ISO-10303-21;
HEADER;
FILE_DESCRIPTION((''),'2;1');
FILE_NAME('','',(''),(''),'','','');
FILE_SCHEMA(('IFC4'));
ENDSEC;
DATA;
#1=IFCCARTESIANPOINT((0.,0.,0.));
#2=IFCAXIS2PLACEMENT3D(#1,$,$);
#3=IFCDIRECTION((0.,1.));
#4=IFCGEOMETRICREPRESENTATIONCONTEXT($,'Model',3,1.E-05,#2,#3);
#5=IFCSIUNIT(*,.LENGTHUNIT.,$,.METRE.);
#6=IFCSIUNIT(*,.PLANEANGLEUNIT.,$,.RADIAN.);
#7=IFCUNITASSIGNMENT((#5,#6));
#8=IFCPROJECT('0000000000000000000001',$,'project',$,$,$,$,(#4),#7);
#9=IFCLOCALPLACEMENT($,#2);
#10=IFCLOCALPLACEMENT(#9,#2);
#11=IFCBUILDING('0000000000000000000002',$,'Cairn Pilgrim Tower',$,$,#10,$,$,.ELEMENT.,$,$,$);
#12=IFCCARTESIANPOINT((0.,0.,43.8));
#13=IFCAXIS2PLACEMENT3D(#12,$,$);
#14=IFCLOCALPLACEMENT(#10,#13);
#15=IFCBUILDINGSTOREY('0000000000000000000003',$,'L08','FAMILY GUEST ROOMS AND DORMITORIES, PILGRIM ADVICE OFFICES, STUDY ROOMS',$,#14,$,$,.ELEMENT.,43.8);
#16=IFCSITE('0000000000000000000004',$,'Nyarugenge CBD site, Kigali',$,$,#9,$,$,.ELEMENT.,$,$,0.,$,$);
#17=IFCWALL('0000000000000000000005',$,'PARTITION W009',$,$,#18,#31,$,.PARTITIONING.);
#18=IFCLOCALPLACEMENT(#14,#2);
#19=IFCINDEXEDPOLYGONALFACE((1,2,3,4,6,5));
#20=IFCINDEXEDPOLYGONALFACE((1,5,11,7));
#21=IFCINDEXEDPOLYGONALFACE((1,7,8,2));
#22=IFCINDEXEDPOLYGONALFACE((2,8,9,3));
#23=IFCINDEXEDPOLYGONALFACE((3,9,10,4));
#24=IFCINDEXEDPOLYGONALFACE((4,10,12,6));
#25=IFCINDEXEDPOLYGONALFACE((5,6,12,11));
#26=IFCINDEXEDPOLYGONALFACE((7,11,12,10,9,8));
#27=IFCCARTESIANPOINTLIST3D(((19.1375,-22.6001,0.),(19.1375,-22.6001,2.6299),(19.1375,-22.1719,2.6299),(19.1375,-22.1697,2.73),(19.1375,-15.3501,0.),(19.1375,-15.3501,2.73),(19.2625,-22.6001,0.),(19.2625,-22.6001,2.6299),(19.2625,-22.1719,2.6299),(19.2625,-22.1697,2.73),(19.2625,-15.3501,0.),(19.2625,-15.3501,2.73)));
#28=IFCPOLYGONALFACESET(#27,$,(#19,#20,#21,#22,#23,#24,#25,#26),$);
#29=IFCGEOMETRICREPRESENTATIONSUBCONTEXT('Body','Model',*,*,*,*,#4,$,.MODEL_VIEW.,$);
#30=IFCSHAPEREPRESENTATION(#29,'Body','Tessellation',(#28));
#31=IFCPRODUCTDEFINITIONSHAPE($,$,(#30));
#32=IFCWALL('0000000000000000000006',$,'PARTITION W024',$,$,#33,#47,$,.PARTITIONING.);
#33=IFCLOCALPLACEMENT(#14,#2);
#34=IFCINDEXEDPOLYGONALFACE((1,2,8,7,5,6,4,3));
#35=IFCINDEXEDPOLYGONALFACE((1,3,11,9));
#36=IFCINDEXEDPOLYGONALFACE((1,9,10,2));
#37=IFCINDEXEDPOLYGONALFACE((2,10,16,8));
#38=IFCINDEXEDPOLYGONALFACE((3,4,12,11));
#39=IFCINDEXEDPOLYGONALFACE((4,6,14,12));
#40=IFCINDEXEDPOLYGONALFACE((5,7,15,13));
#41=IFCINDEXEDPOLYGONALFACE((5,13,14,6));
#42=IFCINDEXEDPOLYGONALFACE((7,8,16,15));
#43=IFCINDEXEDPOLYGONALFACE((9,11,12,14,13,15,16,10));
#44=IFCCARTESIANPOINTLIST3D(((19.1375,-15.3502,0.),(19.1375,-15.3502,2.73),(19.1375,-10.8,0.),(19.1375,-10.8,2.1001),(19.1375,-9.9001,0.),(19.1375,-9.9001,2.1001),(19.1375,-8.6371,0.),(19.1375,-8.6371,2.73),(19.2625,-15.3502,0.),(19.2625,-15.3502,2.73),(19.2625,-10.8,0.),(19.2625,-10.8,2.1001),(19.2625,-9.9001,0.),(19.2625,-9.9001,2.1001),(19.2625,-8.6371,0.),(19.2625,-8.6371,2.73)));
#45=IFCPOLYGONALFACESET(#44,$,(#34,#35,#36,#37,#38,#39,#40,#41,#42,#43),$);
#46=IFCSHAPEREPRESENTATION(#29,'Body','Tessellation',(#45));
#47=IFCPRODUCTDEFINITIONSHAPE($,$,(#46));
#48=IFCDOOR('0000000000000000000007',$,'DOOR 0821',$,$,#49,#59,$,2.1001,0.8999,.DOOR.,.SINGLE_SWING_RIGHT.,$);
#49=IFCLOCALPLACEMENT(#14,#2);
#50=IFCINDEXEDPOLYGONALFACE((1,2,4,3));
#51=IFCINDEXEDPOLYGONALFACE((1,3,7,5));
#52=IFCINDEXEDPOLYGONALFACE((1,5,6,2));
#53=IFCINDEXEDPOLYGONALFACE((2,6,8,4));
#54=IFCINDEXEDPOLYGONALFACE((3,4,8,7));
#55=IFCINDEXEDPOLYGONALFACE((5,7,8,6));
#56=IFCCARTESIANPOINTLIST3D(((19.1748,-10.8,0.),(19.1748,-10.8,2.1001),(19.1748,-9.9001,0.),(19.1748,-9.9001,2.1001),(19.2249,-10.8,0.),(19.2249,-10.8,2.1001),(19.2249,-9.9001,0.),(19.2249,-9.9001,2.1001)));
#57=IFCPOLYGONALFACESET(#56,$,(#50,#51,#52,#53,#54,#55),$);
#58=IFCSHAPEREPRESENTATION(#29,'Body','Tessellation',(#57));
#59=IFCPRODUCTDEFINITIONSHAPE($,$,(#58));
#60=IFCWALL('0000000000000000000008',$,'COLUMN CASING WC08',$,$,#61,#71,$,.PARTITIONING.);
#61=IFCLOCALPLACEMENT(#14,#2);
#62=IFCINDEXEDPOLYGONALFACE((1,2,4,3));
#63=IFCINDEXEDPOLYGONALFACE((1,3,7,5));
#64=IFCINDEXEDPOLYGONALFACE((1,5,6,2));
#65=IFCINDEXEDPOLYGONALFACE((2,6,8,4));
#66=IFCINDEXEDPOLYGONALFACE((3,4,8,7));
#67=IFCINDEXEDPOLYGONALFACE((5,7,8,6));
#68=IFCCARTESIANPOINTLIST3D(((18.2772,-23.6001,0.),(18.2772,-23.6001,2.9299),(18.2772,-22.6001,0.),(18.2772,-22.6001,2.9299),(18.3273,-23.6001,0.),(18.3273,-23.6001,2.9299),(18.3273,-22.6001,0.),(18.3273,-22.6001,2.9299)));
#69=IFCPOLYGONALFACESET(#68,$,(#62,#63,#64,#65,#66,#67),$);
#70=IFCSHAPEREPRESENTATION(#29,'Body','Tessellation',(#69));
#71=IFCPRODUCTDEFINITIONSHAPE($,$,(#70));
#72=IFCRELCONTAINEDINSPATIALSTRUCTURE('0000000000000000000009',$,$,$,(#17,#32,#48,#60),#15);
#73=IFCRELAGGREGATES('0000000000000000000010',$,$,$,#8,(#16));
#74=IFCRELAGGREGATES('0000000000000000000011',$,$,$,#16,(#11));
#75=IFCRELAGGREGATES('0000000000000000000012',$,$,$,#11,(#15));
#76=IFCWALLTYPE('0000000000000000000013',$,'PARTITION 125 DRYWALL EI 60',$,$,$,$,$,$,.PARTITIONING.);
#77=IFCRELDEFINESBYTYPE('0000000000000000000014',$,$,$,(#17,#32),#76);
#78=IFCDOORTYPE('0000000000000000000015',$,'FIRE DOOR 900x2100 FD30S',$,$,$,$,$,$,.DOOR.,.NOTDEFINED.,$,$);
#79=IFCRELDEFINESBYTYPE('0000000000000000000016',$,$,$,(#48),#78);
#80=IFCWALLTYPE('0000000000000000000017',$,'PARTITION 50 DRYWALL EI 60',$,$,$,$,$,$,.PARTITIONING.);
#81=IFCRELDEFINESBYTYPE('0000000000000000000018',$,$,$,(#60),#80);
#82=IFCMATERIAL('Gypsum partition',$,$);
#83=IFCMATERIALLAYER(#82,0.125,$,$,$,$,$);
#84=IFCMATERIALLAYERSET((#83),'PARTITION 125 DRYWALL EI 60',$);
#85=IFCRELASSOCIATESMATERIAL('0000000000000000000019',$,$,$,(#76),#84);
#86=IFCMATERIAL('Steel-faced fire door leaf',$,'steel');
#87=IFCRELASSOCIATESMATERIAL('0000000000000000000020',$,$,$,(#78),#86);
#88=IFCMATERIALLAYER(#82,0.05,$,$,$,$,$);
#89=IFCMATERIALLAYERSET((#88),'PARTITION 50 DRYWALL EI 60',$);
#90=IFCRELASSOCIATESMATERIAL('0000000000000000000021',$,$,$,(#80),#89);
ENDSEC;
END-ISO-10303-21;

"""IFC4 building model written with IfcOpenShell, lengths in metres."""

from ifc_helpers import new_model, si_unit, direction, frame, frame_2d, origin, place, context, subcontext, project, spatial, polyline, rectangle, outline, extrude, material, layer, layer_set, type_object, element, fill, save


model = new_model("IFC4")

# Units and contexts
model_context = context("Model", 3, precision=1e-05, world=origin(), true_north=direction((0.0, 1.0)))
body_context = subcontext(model_context, "Body", "Model", "MODEL_VIEW")
ifc_project = project(units=[si_unit("LENGTHUNIT", "METRE"), si_unit("PLANEANGLEUNIT", "RADIAN")], contexts=[model_context])

# Site, building, storey
site_placement = place(None, origin())
site = spatial("IfcSite", under=ifc_project, at=site_placement, Name="Nyarugenge CBD site, Kigali", CompositionType="ELEMENT", RefElevation=0.0)
building_placement = place(site_placement, origin())
building = spatial("IfcBuilding", under=site, at=building_placement, Name="Cairn Pilgrim Tower", CompositionType="ELEMENT")
storey_placement = place(building_placement, frame((0.0, 0.0, 43.8)))
storey = spatial("IfcBuildingStorey", under=building, at=storey_placement, Name="L08", Description="FAMILY GUEST ROOMS AND DORMITORIES, PILGRIM ADVICE OFFICES, STUDY ROOMS", CompositionType="ELEMENT", Elevation=43.8)

# Shared definitions
ifc_material_1 = material(Name="Gypsum partition")

# Wall
ifc_layer_1 = layer(ifc_material_1, 0.125)
ifc_layer_set_1 = layer_set([ifc_layer_1], Name="PARTITION 125 DRYWALL EI 60")
wall_type_1 = type_object("IfcWallType", Name="PARTITION 125 DRYWALL EI 60", PredefinedType="PARTITIONING", material=ifc_layer_set_1)
wall_1_placement = place(storey_placement, frame((19.2, -22.6001, 0.0), z_axis=(0.0, 0.0, 1.0), x_axis=(0.0, 1.0, 0.0)))
element("IfcWall", 1, at=wall_1_placement, inside=storey, type_object=wall_type_1, Name="PARTITION W009", PredefinedType="PARTITIONING", context=body_context, shape_type="SweptSolid", body=[
    extrude(outline(polyline([(0.0, 0.0), (7.25, 0.0), (7.25, 2.73), (0.4304, 2.73), (0.4282, 2.6299), (0.0, 2.6299), (0.0, 0.0)])), frame((0.0, 0.0625, 0.0), z_axis=(0.0, -1.0, 0.0), x_axis=(1.0, 0.0, 0.0)), (0.0, 0.0, 1.0), 0.125),
])

# Wall, opening, door
wall_2_placement = place(storey_placement, frame((19.2, -15.3501, 0.0), z_axis=(0.0, 0.0, 1.0), x_axis=(0.0, 1.0, 0.0)))
wall_2 = element("IfcWall", 2, at=wall_2_placement, inside=storey, type_object=wall_type_1, Name="PARTITION W024", PredefinedType="PARTITIONING", context=body_context, shape_type="SweptSolid", body=[
    extrude(rectangle(XDim=6.7131, YDim=0.125, at=frame_2d((3.3564, 0.0))), origin(), (0.0, 0.0, 1.0), 2.73),
])
opening_1_placement = place(wall_2_placement, frame((4.55, 0.0, 0.0)))
opening_1 = element("IfcOpeningElement", 3, at=opening_1_placement, cuts=wall_2, PredefinedType="OPENING", context=body_context, shape_type="SweptSolid", body=[
    extrude(rectangle(XDim=0.8999, YDim=2.1001, at=frame_2d((0.45, 1.05))), frame((0.0, 0.0725, 0.0), z_axis=(0.0, -1.0, 0.0), x_axis=(1.0, 0.0, 0.0)), (0.0, 0.0, 1.0), 0.145),
])
ifc_material_2 = material(Name="Steel-faced fire door leaf", Category="steel")
door_type_1 = type_object("IfcDoorType", Name="FIRE DOOR 900x2100 FD30S", OperationType="NOTDEFINED", PredefinedType="DOOR", material=ifc_material_2)
door_1_placement = place(opening_1_placement, frame((0.8999, 0.0, 0.0), z_axis=(0.0, 0.0, 1.0), x_axis=(-1.0, 0.0, 0.0)))
door_1 = element("IfcDoor", 4, at=door_1_placement, inside=storey, type_object=door_type_1, Name="DOOR 0821", OperationType="SINGLE_SWING_RIGHT", OverallHeight=2.1001, OverallWidth=0.8999, PredefinedType="DOOR", context=body_context, shape_type="SweptSolid", body=[
    extrude(rectangle(XDim=0.8999, YDim=2.1001, at=frame_2d((0.45, 1.05))), frame((0.0, 0.0249, 0.0), z_axis=(0.0, -1.0, 0.0), x_axis=(1.0, 0.0, 0.0)), (0.0, 0.0, 1.0), 0.05),
])
fill(opening_1, door_1)

# Wall
ifc_layer_2 = layer(ifc_material_1, 0.05)
ifc_layer_set_2 = layer_set([ifc_layer_2], Name="PARTITION 50 DRYWALL EI 60")
wall_type_2 = type_object("IfcWallType", Name="PARTITION 50 DRYWALL EI 60", PredefinedType="PARTITIONING", material=ifc_layer_set_2)
wall_3_placement = place(storey_placement, frame((18.3022, -23.6001, 0.0), z_axis=(0.0, 0.0, 1.0), x_axis=(0.0, 1.0, 0.0)))
element("IfcWall", 5, at=wall_3_placement, inside=storey, type_object=wall_type_2, Name="COLUMN CASING WC08", PredefinedType="PARTITIONING", context=body_context, shape_type="SweptSolid", body=[
    extrude(rectangle(XDim=1.0, YDim=0.05, at=frame_2d((0.5, 0.0))), origin(), (0.0, 0.0, 1.0), 2.9299),
])

save(model, "model.ifc")
